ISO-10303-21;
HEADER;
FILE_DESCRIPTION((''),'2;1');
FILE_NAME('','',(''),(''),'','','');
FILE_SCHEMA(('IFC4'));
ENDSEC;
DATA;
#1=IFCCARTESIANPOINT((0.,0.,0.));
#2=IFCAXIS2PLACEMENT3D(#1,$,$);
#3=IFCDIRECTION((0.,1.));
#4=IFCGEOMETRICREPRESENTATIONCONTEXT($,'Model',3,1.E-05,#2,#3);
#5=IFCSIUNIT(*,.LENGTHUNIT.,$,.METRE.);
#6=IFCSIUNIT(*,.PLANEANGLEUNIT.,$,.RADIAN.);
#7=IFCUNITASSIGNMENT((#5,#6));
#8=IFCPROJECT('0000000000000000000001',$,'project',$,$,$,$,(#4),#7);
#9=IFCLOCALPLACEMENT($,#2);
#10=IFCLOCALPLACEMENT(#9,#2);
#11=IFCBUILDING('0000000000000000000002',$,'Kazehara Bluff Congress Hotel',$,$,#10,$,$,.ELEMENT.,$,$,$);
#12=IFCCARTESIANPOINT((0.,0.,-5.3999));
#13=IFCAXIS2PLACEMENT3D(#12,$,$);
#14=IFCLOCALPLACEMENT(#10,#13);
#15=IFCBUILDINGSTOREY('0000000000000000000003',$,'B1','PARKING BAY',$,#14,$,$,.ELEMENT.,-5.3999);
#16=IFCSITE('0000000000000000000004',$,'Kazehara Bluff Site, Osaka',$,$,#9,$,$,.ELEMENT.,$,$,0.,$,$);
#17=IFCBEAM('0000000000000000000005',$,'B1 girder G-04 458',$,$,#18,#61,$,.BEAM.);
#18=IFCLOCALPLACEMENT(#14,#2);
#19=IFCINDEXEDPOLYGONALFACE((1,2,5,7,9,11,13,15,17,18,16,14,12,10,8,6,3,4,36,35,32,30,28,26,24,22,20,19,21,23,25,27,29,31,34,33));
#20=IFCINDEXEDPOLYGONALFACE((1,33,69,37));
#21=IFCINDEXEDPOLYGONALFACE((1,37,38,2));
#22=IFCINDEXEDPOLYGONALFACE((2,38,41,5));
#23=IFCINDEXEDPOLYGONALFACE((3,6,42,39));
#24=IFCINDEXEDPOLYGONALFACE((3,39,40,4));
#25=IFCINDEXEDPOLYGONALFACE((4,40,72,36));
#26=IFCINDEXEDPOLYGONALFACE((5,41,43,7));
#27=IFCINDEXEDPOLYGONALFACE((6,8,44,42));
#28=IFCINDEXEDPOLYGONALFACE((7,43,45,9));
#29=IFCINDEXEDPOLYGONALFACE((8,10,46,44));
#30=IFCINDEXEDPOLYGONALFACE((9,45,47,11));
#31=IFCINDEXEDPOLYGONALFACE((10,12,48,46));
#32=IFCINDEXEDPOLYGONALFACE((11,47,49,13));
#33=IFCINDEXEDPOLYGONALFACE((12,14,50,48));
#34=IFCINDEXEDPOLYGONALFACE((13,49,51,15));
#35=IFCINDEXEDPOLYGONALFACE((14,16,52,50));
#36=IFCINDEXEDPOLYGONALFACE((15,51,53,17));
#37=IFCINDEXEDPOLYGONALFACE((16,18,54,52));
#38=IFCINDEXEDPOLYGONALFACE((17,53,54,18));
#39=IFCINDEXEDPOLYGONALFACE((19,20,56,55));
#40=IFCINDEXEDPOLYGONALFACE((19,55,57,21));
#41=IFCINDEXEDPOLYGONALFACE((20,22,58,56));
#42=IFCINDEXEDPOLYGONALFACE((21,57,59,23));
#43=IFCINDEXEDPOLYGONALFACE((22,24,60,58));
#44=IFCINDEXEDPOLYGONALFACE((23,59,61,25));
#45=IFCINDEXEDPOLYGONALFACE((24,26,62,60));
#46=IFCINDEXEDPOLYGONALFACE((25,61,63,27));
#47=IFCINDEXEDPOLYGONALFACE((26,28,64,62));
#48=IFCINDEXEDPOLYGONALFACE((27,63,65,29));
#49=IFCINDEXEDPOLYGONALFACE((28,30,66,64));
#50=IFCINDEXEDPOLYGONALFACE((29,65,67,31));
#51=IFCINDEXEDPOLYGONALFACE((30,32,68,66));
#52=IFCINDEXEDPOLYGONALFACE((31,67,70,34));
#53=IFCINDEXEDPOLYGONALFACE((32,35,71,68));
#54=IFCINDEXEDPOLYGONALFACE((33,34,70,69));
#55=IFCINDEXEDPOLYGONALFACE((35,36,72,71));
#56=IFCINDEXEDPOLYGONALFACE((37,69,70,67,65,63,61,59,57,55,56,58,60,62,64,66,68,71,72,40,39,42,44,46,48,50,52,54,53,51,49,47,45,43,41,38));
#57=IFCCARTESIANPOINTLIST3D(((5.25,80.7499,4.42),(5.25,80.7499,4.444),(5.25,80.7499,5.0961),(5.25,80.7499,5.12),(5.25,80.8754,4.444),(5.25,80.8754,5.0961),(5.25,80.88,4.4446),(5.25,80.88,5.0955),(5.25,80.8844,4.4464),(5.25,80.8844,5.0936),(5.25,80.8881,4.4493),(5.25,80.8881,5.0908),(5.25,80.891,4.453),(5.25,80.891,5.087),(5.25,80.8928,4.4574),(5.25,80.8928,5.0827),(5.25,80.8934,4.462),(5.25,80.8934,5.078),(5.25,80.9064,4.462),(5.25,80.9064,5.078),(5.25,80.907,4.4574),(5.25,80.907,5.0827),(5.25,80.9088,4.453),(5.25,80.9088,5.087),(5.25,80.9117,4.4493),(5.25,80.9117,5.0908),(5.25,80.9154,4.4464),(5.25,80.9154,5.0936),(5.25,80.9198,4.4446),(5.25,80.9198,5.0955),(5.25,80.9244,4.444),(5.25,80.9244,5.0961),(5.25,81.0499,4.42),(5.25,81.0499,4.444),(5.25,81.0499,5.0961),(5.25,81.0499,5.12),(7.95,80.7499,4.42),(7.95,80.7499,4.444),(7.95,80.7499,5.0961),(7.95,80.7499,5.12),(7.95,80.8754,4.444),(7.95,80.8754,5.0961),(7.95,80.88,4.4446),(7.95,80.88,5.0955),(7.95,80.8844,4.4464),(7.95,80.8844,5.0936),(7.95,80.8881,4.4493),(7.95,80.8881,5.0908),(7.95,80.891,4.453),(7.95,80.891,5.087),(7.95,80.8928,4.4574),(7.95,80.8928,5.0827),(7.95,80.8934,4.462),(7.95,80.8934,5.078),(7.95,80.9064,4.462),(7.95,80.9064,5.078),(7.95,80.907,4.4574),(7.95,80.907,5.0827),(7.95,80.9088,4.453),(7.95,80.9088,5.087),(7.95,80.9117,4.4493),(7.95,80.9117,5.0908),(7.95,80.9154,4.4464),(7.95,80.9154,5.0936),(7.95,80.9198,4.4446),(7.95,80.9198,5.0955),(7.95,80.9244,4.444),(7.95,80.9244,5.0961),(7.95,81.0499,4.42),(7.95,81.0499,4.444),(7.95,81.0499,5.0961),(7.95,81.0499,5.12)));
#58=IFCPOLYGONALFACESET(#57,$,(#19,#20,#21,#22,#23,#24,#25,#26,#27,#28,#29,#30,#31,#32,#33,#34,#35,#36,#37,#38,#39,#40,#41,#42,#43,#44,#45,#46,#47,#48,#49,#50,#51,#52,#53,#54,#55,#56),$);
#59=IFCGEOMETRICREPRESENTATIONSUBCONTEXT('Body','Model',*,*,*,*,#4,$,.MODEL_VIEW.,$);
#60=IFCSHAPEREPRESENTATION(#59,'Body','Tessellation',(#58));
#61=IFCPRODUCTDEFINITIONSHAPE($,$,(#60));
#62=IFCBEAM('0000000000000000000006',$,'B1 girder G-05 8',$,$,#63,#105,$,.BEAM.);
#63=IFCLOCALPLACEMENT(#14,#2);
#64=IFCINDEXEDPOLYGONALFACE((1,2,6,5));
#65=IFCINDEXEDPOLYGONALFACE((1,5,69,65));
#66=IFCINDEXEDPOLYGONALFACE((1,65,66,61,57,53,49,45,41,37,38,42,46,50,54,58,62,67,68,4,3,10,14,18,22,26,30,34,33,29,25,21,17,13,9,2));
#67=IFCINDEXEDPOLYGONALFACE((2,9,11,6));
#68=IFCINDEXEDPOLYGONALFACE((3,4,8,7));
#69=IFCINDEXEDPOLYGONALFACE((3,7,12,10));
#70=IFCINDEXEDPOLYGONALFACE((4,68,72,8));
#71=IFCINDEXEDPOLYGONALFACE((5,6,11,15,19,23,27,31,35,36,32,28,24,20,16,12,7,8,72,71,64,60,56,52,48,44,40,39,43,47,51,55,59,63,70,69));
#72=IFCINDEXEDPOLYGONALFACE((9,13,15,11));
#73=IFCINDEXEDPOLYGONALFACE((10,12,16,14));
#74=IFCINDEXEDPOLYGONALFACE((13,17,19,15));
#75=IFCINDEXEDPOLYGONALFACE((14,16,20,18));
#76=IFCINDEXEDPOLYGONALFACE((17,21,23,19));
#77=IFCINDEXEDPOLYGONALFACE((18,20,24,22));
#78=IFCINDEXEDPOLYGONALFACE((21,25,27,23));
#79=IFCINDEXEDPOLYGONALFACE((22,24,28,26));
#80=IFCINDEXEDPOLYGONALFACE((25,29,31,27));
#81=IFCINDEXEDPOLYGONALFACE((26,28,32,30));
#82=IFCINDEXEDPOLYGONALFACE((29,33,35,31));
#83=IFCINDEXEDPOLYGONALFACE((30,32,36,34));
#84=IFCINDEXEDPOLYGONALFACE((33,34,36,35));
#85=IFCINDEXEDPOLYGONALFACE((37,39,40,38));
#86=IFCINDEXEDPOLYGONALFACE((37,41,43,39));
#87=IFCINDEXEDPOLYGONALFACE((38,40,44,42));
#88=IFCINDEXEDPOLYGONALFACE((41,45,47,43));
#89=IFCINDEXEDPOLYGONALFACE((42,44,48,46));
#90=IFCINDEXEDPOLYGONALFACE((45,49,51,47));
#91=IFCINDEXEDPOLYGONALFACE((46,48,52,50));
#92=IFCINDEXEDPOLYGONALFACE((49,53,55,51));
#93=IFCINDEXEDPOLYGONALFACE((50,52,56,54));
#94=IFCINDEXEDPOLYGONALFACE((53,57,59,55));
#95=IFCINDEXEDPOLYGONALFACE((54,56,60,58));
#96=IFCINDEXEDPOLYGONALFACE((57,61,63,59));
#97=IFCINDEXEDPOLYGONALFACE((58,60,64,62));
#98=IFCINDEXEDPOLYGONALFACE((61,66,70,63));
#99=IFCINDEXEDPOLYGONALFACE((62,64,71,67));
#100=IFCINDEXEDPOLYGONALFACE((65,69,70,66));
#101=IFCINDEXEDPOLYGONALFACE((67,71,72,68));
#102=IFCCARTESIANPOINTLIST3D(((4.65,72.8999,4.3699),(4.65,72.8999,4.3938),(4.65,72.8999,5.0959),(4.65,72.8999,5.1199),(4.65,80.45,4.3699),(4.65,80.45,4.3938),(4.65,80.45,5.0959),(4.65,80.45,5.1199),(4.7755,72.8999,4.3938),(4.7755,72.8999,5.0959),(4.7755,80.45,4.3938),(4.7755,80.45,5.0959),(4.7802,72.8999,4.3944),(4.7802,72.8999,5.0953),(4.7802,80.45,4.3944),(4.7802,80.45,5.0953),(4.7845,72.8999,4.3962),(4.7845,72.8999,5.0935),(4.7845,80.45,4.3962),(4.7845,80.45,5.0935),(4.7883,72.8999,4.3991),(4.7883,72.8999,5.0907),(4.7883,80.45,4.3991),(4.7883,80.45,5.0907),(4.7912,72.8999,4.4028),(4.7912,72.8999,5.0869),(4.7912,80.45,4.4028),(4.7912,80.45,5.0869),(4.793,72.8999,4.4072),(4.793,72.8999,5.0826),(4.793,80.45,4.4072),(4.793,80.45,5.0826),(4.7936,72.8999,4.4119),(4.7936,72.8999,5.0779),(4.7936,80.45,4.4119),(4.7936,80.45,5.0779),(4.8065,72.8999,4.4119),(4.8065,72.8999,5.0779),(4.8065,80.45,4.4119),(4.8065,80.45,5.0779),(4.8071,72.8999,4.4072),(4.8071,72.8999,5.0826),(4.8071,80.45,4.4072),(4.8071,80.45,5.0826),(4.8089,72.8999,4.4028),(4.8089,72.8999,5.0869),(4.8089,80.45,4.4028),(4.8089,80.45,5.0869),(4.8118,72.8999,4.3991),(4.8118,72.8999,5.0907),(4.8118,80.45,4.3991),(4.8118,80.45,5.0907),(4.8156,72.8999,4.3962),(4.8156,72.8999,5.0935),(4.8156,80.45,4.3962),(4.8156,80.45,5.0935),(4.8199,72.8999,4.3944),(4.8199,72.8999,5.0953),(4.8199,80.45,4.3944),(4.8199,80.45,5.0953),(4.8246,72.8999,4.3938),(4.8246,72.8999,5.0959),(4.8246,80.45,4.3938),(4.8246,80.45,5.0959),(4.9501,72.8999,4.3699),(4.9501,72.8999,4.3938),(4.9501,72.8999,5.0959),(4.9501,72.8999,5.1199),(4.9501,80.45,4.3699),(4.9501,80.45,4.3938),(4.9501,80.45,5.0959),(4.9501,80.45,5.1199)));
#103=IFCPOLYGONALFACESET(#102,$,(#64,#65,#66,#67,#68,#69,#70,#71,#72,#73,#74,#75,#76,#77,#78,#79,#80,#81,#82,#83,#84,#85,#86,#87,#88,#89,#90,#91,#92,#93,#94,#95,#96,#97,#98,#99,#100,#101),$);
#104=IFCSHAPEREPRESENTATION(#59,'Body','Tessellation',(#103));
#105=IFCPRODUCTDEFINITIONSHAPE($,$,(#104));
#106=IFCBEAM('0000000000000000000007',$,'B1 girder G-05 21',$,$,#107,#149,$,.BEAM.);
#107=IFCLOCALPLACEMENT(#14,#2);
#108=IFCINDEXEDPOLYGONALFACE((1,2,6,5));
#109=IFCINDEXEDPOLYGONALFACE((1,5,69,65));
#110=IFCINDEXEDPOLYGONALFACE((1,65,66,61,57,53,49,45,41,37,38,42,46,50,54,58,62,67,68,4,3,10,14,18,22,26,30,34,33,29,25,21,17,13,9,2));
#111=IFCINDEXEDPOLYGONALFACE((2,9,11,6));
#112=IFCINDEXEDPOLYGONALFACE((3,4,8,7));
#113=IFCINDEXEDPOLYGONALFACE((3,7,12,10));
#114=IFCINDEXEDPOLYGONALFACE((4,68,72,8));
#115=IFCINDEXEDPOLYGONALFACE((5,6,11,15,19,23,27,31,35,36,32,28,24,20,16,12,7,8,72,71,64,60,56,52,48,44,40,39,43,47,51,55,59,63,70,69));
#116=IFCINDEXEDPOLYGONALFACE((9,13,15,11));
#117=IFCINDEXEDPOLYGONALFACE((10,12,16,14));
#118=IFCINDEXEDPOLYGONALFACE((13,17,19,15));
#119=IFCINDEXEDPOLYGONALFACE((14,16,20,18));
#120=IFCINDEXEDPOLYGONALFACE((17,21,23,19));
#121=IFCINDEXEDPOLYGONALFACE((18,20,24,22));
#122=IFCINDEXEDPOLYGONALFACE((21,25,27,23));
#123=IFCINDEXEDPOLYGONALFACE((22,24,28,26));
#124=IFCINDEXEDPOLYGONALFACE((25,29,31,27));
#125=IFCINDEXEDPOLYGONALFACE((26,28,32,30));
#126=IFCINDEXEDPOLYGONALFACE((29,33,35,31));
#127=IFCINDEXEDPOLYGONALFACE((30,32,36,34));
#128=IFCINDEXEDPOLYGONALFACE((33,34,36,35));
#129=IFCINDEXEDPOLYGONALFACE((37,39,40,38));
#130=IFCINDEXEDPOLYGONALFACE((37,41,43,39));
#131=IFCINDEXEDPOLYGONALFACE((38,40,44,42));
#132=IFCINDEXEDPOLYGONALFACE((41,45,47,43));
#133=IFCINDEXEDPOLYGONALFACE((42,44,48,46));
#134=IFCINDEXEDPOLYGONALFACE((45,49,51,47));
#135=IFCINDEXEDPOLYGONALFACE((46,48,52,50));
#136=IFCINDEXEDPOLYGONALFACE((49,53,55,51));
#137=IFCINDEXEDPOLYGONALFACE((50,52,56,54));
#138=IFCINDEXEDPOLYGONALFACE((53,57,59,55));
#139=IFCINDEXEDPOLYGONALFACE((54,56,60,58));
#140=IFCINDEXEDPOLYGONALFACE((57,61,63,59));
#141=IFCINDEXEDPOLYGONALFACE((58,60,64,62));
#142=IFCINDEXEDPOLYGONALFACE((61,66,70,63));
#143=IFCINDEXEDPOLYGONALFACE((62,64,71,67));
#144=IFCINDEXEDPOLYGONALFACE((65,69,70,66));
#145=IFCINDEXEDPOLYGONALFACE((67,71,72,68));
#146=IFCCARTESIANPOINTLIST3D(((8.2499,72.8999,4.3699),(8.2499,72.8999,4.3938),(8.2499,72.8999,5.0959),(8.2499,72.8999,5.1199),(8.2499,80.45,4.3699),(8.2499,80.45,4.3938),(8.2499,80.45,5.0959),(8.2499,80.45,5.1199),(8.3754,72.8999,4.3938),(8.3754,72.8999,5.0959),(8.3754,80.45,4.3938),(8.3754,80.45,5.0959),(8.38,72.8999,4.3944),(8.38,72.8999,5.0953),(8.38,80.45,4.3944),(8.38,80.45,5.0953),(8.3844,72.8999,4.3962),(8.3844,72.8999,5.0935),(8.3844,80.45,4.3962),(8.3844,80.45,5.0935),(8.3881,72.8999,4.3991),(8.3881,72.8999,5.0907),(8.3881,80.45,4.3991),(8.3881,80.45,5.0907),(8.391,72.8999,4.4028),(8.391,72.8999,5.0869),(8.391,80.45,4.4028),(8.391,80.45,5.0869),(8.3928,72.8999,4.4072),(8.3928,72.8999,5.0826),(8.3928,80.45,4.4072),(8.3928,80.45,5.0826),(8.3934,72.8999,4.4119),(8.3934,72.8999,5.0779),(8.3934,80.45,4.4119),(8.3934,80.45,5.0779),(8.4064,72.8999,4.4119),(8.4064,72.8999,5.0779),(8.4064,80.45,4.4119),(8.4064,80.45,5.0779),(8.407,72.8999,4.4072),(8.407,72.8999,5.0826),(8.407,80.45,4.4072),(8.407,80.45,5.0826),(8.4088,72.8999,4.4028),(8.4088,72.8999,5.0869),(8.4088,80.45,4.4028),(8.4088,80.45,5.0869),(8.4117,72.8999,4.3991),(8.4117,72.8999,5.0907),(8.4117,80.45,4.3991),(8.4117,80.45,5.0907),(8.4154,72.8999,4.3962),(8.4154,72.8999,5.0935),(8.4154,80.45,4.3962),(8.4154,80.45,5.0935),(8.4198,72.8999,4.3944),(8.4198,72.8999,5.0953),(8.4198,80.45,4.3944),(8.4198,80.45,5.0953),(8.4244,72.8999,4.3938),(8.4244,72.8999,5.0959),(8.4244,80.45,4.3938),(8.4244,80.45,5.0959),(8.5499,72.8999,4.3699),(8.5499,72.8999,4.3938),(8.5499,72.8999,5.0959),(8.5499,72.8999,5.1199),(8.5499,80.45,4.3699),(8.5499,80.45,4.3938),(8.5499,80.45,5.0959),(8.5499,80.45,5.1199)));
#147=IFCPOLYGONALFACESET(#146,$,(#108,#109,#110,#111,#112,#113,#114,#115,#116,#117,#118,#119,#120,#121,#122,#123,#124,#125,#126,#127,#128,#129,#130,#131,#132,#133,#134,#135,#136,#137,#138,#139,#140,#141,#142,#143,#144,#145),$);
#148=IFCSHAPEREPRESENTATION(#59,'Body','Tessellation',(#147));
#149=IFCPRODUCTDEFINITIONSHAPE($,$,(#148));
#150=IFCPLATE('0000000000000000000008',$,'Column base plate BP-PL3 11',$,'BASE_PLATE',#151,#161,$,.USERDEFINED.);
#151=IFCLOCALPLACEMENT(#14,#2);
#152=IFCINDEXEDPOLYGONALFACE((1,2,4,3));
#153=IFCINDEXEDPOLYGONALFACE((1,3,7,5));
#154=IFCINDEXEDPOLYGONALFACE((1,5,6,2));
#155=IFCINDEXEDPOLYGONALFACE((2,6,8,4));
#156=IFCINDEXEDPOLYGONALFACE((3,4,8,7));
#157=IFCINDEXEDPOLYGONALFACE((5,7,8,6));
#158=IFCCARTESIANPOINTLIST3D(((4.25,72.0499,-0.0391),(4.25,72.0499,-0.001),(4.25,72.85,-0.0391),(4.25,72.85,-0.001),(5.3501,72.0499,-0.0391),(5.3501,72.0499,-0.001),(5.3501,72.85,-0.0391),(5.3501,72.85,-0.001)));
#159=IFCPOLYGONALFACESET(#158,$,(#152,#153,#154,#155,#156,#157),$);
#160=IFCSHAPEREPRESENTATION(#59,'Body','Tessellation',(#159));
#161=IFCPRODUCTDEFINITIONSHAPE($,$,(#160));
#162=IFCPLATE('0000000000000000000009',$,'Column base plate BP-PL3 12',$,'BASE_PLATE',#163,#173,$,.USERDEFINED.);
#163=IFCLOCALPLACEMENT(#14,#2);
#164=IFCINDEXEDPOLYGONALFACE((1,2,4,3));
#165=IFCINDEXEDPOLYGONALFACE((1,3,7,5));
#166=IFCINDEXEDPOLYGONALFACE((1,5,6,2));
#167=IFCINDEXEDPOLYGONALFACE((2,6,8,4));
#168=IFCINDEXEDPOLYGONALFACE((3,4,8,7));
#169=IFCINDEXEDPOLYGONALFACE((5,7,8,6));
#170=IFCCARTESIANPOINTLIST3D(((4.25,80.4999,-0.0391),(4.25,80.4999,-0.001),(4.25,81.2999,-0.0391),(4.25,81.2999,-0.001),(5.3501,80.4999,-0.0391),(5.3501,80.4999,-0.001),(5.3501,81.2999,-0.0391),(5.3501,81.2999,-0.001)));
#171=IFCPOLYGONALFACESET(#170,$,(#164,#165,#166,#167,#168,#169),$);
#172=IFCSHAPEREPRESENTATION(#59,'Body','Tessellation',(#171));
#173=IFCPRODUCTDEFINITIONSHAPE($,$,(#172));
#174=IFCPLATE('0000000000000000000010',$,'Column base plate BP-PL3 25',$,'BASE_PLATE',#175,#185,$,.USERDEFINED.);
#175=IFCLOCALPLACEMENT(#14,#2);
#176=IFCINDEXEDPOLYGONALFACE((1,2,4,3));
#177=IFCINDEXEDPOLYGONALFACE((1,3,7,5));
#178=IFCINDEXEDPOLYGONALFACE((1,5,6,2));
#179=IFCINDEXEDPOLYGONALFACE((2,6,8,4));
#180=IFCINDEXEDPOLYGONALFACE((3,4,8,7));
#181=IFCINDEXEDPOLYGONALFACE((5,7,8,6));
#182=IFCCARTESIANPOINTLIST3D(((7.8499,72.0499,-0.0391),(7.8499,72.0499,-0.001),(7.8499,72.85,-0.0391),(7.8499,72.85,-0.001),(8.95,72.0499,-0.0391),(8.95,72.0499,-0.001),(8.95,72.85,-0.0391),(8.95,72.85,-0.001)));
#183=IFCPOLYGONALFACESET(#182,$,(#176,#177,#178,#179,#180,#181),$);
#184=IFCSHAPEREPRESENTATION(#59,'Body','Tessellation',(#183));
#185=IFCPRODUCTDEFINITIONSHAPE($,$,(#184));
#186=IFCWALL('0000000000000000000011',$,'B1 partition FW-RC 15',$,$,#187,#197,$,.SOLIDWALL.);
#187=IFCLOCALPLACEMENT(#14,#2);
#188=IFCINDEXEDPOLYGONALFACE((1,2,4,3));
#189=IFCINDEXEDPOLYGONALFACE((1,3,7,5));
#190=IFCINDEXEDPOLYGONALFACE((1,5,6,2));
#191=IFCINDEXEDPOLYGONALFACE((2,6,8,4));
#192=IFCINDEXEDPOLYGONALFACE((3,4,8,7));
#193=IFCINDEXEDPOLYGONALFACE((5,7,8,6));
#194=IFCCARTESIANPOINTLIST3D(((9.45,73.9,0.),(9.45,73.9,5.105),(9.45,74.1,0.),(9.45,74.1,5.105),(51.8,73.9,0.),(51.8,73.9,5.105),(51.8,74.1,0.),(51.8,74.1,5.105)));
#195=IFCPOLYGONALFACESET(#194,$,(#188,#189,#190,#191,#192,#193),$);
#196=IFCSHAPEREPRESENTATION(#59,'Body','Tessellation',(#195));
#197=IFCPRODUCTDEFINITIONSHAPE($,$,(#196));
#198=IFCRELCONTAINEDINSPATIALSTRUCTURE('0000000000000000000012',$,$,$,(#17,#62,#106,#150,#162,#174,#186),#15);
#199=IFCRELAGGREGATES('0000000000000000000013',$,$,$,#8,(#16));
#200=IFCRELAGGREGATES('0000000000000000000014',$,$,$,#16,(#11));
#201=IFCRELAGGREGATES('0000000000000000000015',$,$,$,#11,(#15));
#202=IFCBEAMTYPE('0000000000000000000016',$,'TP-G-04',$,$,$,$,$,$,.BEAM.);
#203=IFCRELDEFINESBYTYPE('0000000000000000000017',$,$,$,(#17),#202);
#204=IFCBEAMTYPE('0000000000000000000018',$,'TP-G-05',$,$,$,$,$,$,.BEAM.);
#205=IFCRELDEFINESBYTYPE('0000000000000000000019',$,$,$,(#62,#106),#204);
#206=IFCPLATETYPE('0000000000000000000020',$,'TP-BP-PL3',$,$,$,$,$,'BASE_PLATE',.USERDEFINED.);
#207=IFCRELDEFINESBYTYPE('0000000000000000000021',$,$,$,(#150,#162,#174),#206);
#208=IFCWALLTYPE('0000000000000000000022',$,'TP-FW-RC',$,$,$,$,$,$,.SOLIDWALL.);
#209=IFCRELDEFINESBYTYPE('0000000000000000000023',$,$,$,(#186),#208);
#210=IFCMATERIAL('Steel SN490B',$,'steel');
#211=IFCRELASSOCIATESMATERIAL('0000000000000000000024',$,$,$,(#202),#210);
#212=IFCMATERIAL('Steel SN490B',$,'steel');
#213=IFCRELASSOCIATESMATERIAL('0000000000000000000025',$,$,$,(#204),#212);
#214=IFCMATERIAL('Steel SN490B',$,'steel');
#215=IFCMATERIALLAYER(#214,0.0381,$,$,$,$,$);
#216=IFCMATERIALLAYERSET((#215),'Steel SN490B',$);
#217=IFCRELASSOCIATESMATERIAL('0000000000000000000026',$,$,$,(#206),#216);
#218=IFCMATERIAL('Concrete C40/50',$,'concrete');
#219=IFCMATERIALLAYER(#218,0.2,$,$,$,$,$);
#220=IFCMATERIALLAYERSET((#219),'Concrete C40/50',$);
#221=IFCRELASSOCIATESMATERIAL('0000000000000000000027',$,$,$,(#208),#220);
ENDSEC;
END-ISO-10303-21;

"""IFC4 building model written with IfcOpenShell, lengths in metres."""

from ifc_helpers import new_model, si_unit, direction, frame, frame_2d, origin, origin_2d, place, context, subcontext, project, spatial, rectangle, i_section, extrude, material, layer, layer_set, material_profile, profile_set, type_object, element, save


model = new_model("IFC4")

# Units and contexts
model_context = context("Model", 3, precision=1e-05, world=origin(), true_north=direction((0.0, 1.0)))
body_context = subcontext(model_context, "Body", "Model", "MODEL_VIEW")
ifc_project = project(units=[si_unit("LENGTHUNIT", "METRE"), si_unit("PLANEANGLEUNIT", "RADIAN")], contexts=[model_context])

# Site, building, storey
site_placement = place(None, origin())
site = spatial("IfcSite", under=ifc_project, at=site_placement, Name="Kazehara Bluff Site, Osaka", CompositionType="ELEMENT", RefElevation=0.0)
building_placement = place(site_placement, origin())
building = spatial("IfcBuilding", under=site, at=building_placement, Name="Kazehara Bluff Congress Hotel", CompositionType="ELEMENT")
storey_placement = place(building_placement, frame((0.0, 0.0, -5.3999)))
storey = spatial("IfcBuildingStorey", under=building, at=storey_placement, Name="B1", Description="PARKING BAY", CompositionType="ELEMENT", Elevation=-5.3999)

# Beams
ifc_material_1 = material(Name="Steel SN490B", Category="steel")
ifc_material_profile_1 = material_profile(ifc_material_1, i_section(OverallWidth=0.3, OverallDepth=0.7, WebThickness=0.0129, FlangeThickness=0.0239, FilletRadius=0.0181, at=origin_2d()))
ifc_profile_set_1 = profile_set([ifc_material_profile_1], Name="Steel SN490B")
beam_type_1 = type_object("IfcBeamType", Name="TP-G-04", PredefinedType="BEAM", material=ifc_profile_set_1)
for number, where, z_axis, x_axis, name in (
    (1, (5.25, 80.8999, 4.77), (1.0, 0.0, 0.0), (0.0, 1.0, 0.0), "B1 girder G-04 458"),
):
    element("IfcBeam", number, at=place(storey_placement, frame(where, z_axis=z_axis, x_axis=x_axis)), inside=storey, type_object=beam_type_1, Name=name, PredefinedType="BEAM", context=body_context, shape_type="SweptSolid", body=[
        extrude(i_section(OverallWidth=0.3, OverallDepth=0.7, WebThickness=0.0129, FlangeThickness=0.0239, FilletRadius=0.0181, at=origin_2d()), origin(), (0.0, 0.0, 1.0), 2.7),
    ])
ifc_material_2 = material(Name="Steel SN490B", Category="steel")
ifc_material_profile_2 = material_profile(ifc_material_2, i_section(OverallWidth=0.3, OverallDepth=0.75, WebThickness=0.0129, FlangeThickness=0.0239, FilletRadius=0.0181, at=origin_2d()))
ifc_profile_set_2 = profile_set([ifc_material_profile_2], Name="Steel SN490B")
beam_type_2 = type_object("IfcBeamType", Name="TP-G-05", PredefinedType="BEAM", material=ifc_profile_set_2)
for number, where, z_axis, x_axis, name in (
    (2, (4.8, 72.8999, 4.7449), (0.0, 1.0, 0.0), (-1.0, 0.0, 0.0), "B1 girder G-05 8"),
    (3, (8.3999, 72.8999, 4.7449), (0.0, 1.0, 0.0), (-1.0, 0.0, 0.0), "B1 girder G-05 21"),
):
    element("IfcBeam", number, at=place(storey_placement, frame(where, z_axis=z_axis, x_axis=x_axis)), inside=storey, type_object=beam_type_2, Name=name, PredefinedType="BEAM", context=body_context, shape_type="SweptSolid", body=[
        extrude(i_section(OverallWidth=0.3, OverallDepth=0.75, WebThickness=0.0129, FlangeThickness=0.0239, FilletRadius=0.0181, at=origin_2d()), origin(), (0.0, 0.0, 1.0), 7.55),
    ])

# Plates
ifc_material_3 = material(Name="Steel SN490B", Category="steel")
ifc_layer_1 = layer(ifc_material_3, 0.0381)
ifc_layer_set_1 = layer_set([ifc_layer_1], Name="Steel SN490B")
plate_type = type_object("IfcPlateType", Name="TP-BP-PL3", ElementType="BASE_PLATE", PredefinedType="USERDEFINED", material=ifc_layer_set_1)
for number, where, z_axis, x_axis, name in (
    (4, (4.8, 72.45, -0.0391), (0.0, 0.0, 1.0), (1.0, 0.0, 0.0), "Column base plate BP-PL3 11"),
    (5, (4.8, 80.8999, -0.0391), (0.0, 0.0, 1.0), (1.0, 0.0, 0.0), "Column base plate BP-PL3 12"),
    (6, (8.3999, 72.45, -0.0391), (0.0, 0.0, 1.0), (1.0, 0.0, 0.0), "Column base plate BP-PL3 25"),
):
    element("IfcPlate", number, at=place(storey_placement, frame(where, z_axis=z_axis, x_axis=x_axis)), inside=storey, type_object=plate_type, Name=name, ObjectType="BASE_PLATE", PredefinedType="USERDEFINED", context=body_context, shape_type="SweptSolid", body=[
        extrude(rectangle(XDim=1.1001, YDim=0.8, at=origin_2d()), origin(), (0.0, 0.0, 1.0), 0.0381),
    ])

# Wall
ifc_material_4 = material(Name="Concrete C40/50", Category="concrete")
ifc_layer_2 = layer(ifc_material_4, 0.2)
ifc_layer_set_2 = layer_set([ifc_layer_2], Name="Concrete C40/50")
wall_type = type_object("IfcWallType", Name="TP-FW-RC", PredefinedType="SOLIDWALL", material=ifc_layer_set_2)
wall_placement = place(storey_placement, frame((9.45, 74.0, 0.0), z_axis=(0.0, 0.0, 1.0), x_axis=(1.0, 0.0, 0.0)))
element("IfcWall", 7, at=wall_placement, inside=storey, type_object=wall_type, Name="B1 partition FW-RC 15", PredefinedType="SOLIDWALL", context=body_context, shape_type="SweptSolid", body=[
    extrude(rectangle(XDim=42.3501, YDim=0.2, at=frame_2d((21.175, 0.0))), origin(), (0.0, 0.0, 1.0), 5.105),
])

save(model, "model.ifc")
